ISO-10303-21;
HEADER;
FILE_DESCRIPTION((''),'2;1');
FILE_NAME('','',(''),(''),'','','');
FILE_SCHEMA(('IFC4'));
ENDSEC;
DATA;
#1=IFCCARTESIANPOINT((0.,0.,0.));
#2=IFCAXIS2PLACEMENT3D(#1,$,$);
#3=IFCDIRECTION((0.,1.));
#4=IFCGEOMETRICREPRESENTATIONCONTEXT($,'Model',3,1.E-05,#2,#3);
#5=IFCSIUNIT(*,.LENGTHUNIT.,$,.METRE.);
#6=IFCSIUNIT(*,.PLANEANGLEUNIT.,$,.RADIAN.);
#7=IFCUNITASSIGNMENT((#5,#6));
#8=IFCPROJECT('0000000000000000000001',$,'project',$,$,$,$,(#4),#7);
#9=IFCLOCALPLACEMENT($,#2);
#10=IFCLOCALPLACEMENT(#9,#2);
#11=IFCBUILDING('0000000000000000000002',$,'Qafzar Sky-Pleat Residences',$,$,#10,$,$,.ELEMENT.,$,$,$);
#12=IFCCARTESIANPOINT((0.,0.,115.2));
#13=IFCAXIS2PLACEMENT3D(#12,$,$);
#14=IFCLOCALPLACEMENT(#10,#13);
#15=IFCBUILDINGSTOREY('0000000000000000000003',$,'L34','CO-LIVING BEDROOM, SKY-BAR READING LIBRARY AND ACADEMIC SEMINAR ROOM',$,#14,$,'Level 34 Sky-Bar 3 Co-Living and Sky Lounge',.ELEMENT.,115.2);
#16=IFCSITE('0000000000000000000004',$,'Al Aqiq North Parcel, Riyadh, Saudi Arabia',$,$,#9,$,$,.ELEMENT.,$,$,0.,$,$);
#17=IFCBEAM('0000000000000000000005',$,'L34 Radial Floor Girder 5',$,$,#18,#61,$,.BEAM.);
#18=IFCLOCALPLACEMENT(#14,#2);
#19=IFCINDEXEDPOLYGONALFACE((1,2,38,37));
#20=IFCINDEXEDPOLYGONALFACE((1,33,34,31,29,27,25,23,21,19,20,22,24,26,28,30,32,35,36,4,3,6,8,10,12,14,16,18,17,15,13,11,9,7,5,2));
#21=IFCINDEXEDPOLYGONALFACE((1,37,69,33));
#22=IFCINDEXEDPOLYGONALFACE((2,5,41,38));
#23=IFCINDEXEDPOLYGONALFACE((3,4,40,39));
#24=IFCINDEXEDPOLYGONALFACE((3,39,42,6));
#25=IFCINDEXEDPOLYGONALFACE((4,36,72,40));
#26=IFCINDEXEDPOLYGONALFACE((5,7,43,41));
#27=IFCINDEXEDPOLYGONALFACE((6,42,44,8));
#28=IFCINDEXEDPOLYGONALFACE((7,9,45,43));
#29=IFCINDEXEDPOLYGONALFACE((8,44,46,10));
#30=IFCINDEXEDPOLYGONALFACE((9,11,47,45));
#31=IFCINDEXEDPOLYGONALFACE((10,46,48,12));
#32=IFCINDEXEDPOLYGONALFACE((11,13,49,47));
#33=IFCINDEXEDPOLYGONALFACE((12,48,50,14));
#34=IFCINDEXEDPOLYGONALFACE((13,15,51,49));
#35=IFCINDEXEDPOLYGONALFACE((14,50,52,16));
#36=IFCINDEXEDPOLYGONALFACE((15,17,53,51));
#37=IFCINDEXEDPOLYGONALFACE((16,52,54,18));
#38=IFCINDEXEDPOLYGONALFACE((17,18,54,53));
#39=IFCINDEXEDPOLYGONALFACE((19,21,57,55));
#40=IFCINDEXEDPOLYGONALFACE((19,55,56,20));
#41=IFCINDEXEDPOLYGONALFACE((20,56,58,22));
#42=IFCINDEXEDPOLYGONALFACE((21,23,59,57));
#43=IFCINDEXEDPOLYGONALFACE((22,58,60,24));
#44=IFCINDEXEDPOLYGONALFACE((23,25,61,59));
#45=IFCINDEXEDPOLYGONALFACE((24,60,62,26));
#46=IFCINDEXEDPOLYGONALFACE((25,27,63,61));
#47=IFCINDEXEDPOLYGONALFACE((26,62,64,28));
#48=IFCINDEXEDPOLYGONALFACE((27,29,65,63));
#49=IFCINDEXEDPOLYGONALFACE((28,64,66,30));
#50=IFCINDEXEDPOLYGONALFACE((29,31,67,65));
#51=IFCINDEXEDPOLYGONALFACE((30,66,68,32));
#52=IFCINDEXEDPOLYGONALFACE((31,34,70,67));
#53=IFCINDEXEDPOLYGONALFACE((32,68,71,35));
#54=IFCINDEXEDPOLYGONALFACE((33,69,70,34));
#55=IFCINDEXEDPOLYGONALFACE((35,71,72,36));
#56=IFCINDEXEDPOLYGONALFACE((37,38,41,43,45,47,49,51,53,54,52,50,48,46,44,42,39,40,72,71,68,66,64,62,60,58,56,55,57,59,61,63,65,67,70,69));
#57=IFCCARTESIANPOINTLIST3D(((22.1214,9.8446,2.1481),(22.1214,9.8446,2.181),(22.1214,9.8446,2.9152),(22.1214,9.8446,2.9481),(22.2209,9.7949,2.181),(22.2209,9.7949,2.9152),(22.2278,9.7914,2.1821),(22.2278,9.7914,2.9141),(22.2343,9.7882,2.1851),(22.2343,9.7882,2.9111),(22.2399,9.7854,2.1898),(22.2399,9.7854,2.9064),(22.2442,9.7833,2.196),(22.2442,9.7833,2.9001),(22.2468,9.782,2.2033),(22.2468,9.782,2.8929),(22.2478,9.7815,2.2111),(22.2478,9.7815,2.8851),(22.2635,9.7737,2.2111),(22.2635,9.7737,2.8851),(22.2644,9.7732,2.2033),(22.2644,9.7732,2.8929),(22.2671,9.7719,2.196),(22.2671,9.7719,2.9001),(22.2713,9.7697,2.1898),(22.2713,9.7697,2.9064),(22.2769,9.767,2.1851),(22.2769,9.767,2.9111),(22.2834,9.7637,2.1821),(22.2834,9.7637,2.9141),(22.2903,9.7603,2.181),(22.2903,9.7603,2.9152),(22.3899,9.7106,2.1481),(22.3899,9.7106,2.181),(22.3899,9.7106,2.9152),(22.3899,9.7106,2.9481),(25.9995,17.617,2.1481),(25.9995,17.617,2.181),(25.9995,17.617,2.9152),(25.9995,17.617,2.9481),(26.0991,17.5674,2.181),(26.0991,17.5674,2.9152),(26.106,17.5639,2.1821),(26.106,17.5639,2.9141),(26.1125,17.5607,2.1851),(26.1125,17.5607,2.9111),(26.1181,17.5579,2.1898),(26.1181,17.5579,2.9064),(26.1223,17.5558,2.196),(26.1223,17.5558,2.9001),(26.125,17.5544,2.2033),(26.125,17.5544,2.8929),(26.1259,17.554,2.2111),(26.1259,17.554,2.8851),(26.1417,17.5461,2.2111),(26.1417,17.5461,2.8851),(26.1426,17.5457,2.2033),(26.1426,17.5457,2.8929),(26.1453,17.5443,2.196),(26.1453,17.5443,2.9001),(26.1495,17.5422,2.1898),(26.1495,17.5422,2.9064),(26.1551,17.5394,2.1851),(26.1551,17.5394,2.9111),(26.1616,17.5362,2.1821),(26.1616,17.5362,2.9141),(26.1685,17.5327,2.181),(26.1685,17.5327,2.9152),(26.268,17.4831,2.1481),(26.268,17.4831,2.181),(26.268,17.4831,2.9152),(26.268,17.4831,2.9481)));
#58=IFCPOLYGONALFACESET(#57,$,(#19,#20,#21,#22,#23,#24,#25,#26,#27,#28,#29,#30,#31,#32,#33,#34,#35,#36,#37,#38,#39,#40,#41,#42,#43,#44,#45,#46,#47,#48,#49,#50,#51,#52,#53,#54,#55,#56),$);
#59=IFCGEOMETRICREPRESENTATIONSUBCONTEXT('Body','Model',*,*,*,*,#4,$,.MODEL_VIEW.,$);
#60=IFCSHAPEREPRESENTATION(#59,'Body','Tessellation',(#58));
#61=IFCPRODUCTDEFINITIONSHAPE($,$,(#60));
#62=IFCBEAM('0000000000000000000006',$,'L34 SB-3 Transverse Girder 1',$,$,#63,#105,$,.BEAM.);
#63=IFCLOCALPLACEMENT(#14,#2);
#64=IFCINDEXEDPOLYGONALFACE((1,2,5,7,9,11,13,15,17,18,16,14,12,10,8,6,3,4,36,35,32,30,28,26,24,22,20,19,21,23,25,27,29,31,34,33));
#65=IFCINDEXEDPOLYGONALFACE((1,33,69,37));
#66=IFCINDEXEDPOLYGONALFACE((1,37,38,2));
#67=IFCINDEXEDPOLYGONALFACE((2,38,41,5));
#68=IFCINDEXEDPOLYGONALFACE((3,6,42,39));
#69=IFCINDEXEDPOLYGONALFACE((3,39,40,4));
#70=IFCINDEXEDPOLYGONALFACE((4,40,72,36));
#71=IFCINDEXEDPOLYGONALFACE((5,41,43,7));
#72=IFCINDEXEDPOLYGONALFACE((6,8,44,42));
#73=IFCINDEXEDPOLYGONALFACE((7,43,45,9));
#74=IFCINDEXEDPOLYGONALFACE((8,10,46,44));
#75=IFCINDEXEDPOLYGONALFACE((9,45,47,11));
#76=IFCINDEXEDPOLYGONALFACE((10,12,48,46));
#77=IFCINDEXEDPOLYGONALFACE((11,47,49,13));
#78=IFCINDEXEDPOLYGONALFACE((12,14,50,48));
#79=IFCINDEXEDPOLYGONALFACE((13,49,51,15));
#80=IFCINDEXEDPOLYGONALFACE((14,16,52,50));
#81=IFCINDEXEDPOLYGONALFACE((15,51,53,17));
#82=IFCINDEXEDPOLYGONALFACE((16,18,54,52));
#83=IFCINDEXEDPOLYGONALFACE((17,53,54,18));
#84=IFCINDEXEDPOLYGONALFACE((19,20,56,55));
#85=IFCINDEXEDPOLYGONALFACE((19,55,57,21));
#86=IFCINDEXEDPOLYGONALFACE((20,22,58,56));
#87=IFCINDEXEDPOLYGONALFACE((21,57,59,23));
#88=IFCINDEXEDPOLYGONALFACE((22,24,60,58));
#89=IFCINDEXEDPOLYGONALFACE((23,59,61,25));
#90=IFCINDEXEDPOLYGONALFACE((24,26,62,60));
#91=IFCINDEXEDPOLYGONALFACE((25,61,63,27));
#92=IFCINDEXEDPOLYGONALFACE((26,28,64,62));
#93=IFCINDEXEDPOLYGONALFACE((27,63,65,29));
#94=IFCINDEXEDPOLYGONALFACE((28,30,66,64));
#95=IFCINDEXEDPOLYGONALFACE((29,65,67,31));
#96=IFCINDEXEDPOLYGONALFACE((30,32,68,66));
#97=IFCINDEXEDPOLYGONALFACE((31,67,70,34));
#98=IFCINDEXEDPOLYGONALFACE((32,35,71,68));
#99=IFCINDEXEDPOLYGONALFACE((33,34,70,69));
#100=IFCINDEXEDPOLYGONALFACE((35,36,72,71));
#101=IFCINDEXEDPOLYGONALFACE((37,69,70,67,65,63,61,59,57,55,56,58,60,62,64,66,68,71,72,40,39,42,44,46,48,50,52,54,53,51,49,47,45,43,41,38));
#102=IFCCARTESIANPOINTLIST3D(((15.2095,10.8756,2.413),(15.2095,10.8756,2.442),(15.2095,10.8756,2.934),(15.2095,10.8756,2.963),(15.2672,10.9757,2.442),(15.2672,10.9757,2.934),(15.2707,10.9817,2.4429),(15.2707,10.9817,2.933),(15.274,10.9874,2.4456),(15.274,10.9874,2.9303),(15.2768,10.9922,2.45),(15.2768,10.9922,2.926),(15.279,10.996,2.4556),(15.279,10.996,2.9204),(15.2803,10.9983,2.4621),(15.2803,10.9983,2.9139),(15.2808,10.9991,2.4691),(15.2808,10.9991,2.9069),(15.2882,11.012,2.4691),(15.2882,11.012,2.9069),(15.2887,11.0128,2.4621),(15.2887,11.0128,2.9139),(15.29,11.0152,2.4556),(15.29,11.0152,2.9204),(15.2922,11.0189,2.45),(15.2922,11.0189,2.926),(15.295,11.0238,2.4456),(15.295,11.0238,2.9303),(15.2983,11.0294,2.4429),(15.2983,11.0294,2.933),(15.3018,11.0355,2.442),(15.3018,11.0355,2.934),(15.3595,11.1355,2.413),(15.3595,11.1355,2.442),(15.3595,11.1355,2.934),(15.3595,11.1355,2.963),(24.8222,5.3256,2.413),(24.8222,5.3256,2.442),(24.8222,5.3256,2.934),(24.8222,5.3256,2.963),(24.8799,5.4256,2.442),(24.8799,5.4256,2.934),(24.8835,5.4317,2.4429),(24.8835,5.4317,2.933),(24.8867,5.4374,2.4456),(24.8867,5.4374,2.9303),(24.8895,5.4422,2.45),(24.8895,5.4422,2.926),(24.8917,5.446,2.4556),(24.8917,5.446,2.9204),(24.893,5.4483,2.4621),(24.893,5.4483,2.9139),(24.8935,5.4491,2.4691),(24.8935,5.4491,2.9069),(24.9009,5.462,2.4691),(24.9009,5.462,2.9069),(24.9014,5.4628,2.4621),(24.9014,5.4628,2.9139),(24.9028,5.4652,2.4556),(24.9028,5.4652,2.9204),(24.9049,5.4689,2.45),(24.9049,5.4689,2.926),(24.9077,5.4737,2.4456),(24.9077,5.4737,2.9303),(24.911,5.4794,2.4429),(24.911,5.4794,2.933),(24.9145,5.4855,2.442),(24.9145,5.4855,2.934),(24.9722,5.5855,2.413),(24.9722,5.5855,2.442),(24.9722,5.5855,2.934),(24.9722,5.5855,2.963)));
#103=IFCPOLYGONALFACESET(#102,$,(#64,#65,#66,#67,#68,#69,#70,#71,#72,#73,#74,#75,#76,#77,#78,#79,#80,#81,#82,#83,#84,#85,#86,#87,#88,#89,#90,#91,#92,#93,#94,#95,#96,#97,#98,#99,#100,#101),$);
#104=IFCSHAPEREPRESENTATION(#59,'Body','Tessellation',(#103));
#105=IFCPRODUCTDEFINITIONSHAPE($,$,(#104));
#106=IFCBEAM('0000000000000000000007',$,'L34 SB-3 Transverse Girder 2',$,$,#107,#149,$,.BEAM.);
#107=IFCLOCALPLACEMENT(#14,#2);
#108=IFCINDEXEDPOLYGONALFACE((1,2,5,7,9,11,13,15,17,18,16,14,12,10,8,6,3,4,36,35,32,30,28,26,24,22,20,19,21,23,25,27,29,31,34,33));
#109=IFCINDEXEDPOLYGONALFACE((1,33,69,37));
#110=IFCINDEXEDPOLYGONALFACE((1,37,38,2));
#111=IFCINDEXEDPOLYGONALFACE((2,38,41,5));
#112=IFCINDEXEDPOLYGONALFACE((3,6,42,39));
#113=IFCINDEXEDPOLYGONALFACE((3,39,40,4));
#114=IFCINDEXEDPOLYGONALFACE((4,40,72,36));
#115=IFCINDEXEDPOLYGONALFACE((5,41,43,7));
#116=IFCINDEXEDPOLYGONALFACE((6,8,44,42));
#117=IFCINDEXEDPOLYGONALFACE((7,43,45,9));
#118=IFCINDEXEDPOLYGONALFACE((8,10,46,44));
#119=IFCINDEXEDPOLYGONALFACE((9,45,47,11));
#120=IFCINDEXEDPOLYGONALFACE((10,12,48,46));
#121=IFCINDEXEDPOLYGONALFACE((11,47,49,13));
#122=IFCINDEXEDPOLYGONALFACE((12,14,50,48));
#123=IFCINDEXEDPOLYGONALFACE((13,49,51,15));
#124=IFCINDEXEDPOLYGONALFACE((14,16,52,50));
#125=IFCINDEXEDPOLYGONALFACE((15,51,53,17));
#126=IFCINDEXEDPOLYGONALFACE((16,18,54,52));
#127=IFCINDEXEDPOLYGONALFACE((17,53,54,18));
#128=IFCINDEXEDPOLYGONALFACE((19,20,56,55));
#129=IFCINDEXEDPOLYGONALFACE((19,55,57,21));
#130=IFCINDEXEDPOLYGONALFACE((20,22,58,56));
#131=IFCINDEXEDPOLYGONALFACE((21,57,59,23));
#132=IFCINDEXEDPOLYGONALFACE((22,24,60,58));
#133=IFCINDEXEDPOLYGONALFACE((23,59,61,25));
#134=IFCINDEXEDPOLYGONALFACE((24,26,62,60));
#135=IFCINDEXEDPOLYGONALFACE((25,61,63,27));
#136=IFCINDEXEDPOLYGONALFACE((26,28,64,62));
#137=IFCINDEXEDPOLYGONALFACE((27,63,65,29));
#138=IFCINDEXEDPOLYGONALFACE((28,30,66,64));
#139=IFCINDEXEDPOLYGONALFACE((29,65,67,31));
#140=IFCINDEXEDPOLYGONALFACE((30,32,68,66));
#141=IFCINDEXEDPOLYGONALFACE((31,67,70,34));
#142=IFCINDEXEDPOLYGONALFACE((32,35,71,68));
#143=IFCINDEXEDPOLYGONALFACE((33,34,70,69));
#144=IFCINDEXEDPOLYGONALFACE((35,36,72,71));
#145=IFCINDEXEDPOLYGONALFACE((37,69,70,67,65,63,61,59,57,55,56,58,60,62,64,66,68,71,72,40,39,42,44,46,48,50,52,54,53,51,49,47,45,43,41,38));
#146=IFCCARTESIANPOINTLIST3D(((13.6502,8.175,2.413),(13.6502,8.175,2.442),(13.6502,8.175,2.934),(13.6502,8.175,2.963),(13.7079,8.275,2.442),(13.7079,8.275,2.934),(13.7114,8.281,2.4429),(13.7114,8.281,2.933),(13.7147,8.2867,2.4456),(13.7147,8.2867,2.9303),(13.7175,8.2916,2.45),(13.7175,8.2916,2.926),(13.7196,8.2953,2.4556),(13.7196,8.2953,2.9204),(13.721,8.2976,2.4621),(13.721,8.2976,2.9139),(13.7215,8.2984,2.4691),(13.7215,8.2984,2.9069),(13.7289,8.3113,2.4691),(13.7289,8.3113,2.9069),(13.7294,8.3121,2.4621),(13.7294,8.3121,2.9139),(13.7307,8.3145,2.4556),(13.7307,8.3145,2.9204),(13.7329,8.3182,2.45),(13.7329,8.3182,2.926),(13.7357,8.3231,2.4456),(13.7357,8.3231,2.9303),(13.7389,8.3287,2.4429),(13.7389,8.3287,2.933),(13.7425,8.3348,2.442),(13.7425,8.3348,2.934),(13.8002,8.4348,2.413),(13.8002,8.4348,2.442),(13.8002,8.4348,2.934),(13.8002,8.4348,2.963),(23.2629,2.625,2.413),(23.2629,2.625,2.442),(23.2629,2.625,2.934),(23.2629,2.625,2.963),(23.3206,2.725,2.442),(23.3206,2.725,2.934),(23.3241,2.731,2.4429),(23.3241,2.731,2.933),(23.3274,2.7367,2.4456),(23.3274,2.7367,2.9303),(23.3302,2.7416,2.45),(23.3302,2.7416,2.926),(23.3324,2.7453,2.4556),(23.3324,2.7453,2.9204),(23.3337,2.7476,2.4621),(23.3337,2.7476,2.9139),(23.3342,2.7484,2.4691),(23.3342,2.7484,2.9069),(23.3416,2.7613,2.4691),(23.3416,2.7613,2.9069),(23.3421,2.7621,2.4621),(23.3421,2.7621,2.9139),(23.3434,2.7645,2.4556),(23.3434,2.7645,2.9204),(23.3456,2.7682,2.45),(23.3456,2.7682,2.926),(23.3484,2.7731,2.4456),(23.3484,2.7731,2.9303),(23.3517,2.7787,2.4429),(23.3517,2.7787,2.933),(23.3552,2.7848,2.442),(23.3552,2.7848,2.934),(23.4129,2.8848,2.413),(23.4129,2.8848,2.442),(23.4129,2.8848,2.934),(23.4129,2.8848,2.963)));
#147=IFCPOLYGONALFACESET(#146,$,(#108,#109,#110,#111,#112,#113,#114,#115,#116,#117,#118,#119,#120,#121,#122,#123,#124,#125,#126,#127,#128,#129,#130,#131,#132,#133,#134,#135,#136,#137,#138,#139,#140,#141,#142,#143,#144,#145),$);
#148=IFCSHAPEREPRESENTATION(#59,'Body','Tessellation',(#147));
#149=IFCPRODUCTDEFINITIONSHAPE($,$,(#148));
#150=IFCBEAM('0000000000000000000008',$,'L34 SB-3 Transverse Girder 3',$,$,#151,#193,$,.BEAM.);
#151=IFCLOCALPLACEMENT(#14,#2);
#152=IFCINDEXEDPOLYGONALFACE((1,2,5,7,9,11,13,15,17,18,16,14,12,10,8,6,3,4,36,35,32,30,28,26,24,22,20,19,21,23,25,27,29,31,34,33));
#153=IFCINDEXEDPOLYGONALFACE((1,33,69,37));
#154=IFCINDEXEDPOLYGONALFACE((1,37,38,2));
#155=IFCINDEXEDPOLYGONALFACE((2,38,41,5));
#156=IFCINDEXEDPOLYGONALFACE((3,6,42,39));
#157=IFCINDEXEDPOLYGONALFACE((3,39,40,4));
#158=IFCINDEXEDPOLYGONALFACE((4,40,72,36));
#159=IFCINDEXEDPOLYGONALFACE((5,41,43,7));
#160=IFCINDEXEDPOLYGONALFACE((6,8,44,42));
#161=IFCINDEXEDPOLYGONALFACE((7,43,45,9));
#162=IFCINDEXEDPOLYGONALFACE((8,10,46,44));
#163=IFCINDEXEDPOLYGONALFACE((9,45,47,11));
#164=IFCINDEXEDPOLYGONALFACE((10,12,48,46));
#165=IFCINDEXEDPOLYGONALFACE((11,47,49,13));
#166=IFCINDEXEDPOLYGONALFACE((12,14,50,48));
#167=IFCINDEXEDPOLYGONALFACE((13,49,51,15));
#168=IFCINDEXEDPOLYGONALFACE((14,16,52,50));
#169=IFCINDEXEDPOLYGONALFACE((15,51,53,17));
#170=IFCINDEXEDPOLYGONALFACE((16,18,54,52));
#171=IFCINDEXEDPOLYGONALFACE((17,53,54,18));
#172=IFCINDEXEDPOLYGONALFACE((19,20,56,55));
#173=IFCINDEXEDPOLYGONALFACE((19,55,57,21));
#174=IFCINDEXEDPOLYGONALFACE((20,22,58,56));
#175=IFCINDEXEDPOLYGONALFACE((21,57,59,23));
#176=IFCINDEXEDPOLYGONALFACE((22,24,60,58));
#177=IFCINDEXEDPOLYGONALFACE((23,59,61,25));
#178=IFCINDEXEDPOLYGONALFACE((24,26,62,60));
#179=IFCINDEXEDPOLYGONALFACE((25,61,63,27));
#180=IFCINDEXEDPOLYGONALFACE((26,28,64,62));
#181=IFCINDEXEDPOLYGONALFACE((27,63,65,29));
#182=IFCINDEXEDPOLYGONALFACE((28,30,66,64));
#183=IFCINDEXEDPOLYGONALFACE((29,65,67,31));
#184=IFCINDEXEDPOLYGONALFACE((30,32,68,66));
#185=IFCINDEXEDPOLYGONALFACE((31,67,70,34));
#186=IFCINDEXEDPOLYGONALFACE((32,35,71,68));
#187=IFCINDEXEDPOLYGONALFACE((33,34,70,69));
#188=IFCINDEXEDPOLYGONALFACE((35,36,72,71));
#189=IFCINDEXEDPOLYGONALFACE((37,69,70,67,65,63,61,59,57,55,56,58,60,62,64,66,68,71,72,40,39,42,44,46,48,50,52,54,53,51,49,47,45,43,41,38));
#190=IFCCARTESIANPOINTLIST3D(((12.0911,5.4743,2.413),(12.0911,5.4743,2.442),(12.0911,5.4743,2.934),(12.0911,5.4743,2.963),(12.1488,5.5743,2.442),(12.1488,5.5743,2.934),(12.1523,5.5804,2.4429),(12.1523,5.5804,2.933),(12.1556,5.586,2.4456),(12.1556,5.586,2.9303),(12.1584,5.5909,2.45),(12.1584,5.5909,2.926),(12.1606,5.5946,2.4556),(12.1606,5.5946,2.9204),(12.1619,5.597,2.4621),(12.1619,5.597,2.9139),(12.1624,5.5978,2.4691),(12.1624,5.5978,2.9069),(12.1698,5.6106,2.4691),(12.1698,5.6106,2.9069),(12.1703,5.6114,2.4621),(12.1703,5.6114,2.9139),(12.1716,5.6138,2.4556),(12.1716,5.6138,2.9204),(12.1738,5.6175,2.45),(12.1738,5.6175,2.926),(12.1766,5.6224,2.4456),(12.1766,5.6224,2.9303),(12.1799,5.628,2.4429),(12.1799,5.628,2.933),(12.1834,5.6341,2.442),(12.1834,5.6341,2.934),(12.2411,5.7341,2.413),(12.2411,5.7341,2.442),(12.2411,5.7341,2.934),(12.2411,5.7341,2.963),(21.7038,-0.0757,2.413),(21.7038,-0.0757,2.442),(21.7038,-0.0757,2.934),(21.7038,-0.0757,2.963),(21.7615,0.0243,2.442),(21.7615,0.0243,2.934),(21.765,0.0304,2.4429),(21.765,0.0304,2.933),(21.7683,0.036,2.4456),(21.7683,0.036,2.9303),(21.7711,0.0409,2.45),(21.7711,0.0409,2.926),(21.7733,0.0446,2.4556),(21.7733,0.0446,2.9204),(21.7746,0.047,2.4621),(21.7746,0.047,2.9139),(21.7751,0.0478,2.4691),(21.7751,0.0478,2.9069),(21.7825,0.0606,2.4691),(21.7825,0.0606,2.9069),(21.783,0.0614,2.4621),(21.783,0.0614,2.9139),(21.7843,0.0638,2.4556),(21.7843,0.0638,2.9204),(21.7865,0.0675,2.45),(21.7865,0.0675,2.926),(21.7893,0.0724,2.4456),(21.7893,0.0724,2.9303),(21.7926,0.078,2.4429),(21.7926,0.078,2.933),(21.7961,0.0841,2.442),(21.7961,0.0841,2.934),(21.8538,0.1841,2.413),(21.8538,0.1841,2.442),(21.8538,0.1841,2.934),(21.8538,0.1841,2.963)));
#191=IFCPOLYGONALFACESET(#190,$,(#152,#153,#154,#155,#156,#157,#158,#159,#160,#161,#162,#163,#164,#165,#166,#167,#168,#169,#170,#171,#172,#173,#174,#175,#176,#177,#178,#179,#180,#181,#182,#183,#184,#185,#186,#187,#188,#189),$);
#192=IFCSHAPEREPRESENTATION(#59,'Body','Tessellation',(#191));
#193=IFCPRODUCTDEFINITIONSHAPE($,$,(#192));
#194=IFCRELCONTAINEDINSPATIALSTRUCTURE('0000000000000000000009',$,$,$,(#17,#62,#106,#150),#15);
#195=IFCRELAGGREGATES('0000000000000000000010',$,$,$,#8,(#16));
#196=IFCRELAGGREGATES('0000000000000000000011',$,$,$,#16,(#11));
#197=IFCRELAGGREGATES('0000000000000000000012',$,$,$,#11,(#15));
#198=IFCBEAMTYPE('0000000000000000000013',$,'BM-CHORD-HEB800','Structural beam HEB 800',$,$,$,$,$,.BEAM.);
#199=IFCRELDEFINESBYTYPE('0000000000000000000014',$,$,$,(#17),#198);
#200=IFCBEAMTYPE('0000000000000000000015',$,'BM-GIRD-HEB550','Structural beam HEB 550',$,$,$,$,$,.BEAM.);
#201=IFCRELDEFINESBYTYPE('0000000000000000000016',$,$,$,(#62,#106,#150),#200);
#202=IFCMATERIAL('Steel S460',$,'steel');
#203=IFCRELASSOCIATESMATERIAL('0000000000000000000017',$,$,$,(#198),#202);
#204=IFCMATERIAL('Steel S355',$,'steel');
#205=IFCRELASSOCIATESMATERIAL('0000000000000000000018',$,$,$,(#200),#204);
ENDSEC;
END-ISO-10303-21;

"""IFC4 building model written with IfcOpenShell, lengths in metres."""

from ifc_helpers import new_model, si_unit, direction, frame, origin, origin_2d, place, context, subcontext, project, spatial, i_section, extrude, source, transform, mapped, material, material_profile, profile_set, type_object, element, save


model = new_model("IFC4")

# Units and contexts
model_context = context("Model", 3, precision=1e-05, world=origin(), true_north=direction((0.0, 1.0)))
body_context = subcontext(model_context, "Body", "Model", "MODEL_VIEW")
ifc_project = project(units=[si_unit("LENGTHUNIT", "METRE"), si_unit("PLANEANGLEUNIT", "RADIAN")], contexts=[model_context])

# Site, building, storey
site_placement = place(None, origin())
site = spatial("IfcSite", under=ifc_project, at=site_placement, Name="Al Aqiq North Parcel, Riyadh, Saudi Arabia", CompositionType="ELEMENT", RefElevation=0.0)
building_placement = place(site_placement, origin())
building = spatial("IfcBuilding", under=site, at=building_placement, Name="Qafzar Sky-Pleat Residences", CompositionType="ELEMENT")
storey_placement = place(building_placement, frame((0.0, 0.0, 115.2)))
storey = spatial("IfcBuildingStorey", under=building, at=storey_placement, Name="L34", Description="CO-LIVING BEDROOM, SKY-BAR READING LIBRARY AND ACADEMIC SEMINAR ROOM", LongName="Level 34 Sky-Bar 3 Co-Living and Sky Lounge", CompositionType="ELEMENT", Elevation=115.2)

# Shared definitions
ifc_material_1 = material(Name="Steel S460", Category="steel")

# Beams
ifc_material_2 = material(Name="Steel S355", Category="steel")
ifc_material_profile_1 = material_profile(ifc_material_1, i_section(OverallWidth=0.3, OverallDepth=0.8, WebThickness=0.0176, FlangeThickness=0.033, FilletRadius=0.03, at=origin_2d()), Name="HEB 800")
ifc_profile_set_1 = profile_set([ifc_material_profile_1], Name="Steel S460")
beam_type_1 = type_object("IfcBeamType", Name="BM-CHORD-HEB800", Description="Structural beam HEB 800", PredefinedType="BEAM", material=ifc_profile_set_1)
shared_shape_1 = source(origin(), body_context, "Body", "SweptSolid", [
    extrude(i_section(OverallWidth=0.3, OverallDepth=0.8, WebThickness=0.0176, FlangeThickness=0.033, FilletRadius=0.03, at=origin_2d()), origin(), (0.0, 0.0, 1.0), 8.6863),
])
beam_1_placement = place(storey_placement, frame((22.2556, 9.7776, 2.5481), z_axis=(0.446471, 0.894798, 0.0), x_axis=(-0.894798, 0.446471, 0.0)))
element("IfcBeam", 1, at=beam_1_placement, inside=storey, type_object=beam_type_1, Name="L34 Radial Floor Girder 5", PredefinedType="BEAM", context=body_context, shape_type="MappedRepresentation", body=[
    mapped(shared_shape_1, transform((0.0, 0.0, 0.0), x_axis=(1.0, 0.0, 0.0), y_axis=(0.0, 1.0, 0.0), z_axis=(0.0, 0.0, 1.0), scale=1.0)),
])
ifc_material_profile_2 = material_profile(ifc_material_2, i_section(OverallWidth=0.3, OverallDepth=0.55, WebThickness=0.0149, FlangeThickness=0.0291, FilletRadius=0.0271, at=origin_2d()), Name="HEB 550")
ifc_profile_set_2 = profile_set([ifc_material_profile_2], Name="Steel S355")
beam_type_2 = type_object("IfcBeamType", Name="BM-GIRD-HEB550", Description="Structural beam HEB 550", PredefinedType="BEAM", material=ifc_profile_set_2)
shared_shape_2 = source(origin(), body_context, "Body", "SweptSolid", [
    extrude(i_section(OverallWidth=0.3, OverallDepth=0.55, WebThickness=0.0149, FlangeThickness=0.0291, FilletRadius=0.0271, at=origin_2d()), origin(), (0.0, 0.0, 1.0), 11.0999),
])
for number, where, z_axis, x_axis, name in (
    (2, (24.8972, 5.4556, 2.688), (-0.866021, 0.500007, 0.0), (-0.500007, -0.866021, 0.0), "L34 SB-3 Transverse Girder 1"),
    (3, (23.3379, 2.7549, 2.688), (-0.866021, 0.500007, 0.0), (-0.500007, -0.866021, 0.0), "L34 SB-3 Transverse Girder 2"),
    (4, (21.7788, 0.0542, 2.688), (-0.866021, 0.500007, 0.0), (-0.500007, -0.866021, 0.0), "L34 SB-3 Transverse Girder 3"),
):
    element("IfcBeam", number, at=place(storey_placement, frame(where, z_axis=z_axis, x_axis=x_axis)), inside=storey, type_object=beam_type_2, Name=name, PredefinedType="BEAM", context=body_context, shape_type="MappedRepresentation", body=[
        mapped(shared_shape_2, transform((0.0, 0.0, 0.0), x_axis=(1.0, 0.0, 0.0), y_axis=(0.0, 1.0, 0.0), z_axis=(0.0, 0.0, 1.0), scale=1.0)),
    ])

save(model, "model.ifc")
